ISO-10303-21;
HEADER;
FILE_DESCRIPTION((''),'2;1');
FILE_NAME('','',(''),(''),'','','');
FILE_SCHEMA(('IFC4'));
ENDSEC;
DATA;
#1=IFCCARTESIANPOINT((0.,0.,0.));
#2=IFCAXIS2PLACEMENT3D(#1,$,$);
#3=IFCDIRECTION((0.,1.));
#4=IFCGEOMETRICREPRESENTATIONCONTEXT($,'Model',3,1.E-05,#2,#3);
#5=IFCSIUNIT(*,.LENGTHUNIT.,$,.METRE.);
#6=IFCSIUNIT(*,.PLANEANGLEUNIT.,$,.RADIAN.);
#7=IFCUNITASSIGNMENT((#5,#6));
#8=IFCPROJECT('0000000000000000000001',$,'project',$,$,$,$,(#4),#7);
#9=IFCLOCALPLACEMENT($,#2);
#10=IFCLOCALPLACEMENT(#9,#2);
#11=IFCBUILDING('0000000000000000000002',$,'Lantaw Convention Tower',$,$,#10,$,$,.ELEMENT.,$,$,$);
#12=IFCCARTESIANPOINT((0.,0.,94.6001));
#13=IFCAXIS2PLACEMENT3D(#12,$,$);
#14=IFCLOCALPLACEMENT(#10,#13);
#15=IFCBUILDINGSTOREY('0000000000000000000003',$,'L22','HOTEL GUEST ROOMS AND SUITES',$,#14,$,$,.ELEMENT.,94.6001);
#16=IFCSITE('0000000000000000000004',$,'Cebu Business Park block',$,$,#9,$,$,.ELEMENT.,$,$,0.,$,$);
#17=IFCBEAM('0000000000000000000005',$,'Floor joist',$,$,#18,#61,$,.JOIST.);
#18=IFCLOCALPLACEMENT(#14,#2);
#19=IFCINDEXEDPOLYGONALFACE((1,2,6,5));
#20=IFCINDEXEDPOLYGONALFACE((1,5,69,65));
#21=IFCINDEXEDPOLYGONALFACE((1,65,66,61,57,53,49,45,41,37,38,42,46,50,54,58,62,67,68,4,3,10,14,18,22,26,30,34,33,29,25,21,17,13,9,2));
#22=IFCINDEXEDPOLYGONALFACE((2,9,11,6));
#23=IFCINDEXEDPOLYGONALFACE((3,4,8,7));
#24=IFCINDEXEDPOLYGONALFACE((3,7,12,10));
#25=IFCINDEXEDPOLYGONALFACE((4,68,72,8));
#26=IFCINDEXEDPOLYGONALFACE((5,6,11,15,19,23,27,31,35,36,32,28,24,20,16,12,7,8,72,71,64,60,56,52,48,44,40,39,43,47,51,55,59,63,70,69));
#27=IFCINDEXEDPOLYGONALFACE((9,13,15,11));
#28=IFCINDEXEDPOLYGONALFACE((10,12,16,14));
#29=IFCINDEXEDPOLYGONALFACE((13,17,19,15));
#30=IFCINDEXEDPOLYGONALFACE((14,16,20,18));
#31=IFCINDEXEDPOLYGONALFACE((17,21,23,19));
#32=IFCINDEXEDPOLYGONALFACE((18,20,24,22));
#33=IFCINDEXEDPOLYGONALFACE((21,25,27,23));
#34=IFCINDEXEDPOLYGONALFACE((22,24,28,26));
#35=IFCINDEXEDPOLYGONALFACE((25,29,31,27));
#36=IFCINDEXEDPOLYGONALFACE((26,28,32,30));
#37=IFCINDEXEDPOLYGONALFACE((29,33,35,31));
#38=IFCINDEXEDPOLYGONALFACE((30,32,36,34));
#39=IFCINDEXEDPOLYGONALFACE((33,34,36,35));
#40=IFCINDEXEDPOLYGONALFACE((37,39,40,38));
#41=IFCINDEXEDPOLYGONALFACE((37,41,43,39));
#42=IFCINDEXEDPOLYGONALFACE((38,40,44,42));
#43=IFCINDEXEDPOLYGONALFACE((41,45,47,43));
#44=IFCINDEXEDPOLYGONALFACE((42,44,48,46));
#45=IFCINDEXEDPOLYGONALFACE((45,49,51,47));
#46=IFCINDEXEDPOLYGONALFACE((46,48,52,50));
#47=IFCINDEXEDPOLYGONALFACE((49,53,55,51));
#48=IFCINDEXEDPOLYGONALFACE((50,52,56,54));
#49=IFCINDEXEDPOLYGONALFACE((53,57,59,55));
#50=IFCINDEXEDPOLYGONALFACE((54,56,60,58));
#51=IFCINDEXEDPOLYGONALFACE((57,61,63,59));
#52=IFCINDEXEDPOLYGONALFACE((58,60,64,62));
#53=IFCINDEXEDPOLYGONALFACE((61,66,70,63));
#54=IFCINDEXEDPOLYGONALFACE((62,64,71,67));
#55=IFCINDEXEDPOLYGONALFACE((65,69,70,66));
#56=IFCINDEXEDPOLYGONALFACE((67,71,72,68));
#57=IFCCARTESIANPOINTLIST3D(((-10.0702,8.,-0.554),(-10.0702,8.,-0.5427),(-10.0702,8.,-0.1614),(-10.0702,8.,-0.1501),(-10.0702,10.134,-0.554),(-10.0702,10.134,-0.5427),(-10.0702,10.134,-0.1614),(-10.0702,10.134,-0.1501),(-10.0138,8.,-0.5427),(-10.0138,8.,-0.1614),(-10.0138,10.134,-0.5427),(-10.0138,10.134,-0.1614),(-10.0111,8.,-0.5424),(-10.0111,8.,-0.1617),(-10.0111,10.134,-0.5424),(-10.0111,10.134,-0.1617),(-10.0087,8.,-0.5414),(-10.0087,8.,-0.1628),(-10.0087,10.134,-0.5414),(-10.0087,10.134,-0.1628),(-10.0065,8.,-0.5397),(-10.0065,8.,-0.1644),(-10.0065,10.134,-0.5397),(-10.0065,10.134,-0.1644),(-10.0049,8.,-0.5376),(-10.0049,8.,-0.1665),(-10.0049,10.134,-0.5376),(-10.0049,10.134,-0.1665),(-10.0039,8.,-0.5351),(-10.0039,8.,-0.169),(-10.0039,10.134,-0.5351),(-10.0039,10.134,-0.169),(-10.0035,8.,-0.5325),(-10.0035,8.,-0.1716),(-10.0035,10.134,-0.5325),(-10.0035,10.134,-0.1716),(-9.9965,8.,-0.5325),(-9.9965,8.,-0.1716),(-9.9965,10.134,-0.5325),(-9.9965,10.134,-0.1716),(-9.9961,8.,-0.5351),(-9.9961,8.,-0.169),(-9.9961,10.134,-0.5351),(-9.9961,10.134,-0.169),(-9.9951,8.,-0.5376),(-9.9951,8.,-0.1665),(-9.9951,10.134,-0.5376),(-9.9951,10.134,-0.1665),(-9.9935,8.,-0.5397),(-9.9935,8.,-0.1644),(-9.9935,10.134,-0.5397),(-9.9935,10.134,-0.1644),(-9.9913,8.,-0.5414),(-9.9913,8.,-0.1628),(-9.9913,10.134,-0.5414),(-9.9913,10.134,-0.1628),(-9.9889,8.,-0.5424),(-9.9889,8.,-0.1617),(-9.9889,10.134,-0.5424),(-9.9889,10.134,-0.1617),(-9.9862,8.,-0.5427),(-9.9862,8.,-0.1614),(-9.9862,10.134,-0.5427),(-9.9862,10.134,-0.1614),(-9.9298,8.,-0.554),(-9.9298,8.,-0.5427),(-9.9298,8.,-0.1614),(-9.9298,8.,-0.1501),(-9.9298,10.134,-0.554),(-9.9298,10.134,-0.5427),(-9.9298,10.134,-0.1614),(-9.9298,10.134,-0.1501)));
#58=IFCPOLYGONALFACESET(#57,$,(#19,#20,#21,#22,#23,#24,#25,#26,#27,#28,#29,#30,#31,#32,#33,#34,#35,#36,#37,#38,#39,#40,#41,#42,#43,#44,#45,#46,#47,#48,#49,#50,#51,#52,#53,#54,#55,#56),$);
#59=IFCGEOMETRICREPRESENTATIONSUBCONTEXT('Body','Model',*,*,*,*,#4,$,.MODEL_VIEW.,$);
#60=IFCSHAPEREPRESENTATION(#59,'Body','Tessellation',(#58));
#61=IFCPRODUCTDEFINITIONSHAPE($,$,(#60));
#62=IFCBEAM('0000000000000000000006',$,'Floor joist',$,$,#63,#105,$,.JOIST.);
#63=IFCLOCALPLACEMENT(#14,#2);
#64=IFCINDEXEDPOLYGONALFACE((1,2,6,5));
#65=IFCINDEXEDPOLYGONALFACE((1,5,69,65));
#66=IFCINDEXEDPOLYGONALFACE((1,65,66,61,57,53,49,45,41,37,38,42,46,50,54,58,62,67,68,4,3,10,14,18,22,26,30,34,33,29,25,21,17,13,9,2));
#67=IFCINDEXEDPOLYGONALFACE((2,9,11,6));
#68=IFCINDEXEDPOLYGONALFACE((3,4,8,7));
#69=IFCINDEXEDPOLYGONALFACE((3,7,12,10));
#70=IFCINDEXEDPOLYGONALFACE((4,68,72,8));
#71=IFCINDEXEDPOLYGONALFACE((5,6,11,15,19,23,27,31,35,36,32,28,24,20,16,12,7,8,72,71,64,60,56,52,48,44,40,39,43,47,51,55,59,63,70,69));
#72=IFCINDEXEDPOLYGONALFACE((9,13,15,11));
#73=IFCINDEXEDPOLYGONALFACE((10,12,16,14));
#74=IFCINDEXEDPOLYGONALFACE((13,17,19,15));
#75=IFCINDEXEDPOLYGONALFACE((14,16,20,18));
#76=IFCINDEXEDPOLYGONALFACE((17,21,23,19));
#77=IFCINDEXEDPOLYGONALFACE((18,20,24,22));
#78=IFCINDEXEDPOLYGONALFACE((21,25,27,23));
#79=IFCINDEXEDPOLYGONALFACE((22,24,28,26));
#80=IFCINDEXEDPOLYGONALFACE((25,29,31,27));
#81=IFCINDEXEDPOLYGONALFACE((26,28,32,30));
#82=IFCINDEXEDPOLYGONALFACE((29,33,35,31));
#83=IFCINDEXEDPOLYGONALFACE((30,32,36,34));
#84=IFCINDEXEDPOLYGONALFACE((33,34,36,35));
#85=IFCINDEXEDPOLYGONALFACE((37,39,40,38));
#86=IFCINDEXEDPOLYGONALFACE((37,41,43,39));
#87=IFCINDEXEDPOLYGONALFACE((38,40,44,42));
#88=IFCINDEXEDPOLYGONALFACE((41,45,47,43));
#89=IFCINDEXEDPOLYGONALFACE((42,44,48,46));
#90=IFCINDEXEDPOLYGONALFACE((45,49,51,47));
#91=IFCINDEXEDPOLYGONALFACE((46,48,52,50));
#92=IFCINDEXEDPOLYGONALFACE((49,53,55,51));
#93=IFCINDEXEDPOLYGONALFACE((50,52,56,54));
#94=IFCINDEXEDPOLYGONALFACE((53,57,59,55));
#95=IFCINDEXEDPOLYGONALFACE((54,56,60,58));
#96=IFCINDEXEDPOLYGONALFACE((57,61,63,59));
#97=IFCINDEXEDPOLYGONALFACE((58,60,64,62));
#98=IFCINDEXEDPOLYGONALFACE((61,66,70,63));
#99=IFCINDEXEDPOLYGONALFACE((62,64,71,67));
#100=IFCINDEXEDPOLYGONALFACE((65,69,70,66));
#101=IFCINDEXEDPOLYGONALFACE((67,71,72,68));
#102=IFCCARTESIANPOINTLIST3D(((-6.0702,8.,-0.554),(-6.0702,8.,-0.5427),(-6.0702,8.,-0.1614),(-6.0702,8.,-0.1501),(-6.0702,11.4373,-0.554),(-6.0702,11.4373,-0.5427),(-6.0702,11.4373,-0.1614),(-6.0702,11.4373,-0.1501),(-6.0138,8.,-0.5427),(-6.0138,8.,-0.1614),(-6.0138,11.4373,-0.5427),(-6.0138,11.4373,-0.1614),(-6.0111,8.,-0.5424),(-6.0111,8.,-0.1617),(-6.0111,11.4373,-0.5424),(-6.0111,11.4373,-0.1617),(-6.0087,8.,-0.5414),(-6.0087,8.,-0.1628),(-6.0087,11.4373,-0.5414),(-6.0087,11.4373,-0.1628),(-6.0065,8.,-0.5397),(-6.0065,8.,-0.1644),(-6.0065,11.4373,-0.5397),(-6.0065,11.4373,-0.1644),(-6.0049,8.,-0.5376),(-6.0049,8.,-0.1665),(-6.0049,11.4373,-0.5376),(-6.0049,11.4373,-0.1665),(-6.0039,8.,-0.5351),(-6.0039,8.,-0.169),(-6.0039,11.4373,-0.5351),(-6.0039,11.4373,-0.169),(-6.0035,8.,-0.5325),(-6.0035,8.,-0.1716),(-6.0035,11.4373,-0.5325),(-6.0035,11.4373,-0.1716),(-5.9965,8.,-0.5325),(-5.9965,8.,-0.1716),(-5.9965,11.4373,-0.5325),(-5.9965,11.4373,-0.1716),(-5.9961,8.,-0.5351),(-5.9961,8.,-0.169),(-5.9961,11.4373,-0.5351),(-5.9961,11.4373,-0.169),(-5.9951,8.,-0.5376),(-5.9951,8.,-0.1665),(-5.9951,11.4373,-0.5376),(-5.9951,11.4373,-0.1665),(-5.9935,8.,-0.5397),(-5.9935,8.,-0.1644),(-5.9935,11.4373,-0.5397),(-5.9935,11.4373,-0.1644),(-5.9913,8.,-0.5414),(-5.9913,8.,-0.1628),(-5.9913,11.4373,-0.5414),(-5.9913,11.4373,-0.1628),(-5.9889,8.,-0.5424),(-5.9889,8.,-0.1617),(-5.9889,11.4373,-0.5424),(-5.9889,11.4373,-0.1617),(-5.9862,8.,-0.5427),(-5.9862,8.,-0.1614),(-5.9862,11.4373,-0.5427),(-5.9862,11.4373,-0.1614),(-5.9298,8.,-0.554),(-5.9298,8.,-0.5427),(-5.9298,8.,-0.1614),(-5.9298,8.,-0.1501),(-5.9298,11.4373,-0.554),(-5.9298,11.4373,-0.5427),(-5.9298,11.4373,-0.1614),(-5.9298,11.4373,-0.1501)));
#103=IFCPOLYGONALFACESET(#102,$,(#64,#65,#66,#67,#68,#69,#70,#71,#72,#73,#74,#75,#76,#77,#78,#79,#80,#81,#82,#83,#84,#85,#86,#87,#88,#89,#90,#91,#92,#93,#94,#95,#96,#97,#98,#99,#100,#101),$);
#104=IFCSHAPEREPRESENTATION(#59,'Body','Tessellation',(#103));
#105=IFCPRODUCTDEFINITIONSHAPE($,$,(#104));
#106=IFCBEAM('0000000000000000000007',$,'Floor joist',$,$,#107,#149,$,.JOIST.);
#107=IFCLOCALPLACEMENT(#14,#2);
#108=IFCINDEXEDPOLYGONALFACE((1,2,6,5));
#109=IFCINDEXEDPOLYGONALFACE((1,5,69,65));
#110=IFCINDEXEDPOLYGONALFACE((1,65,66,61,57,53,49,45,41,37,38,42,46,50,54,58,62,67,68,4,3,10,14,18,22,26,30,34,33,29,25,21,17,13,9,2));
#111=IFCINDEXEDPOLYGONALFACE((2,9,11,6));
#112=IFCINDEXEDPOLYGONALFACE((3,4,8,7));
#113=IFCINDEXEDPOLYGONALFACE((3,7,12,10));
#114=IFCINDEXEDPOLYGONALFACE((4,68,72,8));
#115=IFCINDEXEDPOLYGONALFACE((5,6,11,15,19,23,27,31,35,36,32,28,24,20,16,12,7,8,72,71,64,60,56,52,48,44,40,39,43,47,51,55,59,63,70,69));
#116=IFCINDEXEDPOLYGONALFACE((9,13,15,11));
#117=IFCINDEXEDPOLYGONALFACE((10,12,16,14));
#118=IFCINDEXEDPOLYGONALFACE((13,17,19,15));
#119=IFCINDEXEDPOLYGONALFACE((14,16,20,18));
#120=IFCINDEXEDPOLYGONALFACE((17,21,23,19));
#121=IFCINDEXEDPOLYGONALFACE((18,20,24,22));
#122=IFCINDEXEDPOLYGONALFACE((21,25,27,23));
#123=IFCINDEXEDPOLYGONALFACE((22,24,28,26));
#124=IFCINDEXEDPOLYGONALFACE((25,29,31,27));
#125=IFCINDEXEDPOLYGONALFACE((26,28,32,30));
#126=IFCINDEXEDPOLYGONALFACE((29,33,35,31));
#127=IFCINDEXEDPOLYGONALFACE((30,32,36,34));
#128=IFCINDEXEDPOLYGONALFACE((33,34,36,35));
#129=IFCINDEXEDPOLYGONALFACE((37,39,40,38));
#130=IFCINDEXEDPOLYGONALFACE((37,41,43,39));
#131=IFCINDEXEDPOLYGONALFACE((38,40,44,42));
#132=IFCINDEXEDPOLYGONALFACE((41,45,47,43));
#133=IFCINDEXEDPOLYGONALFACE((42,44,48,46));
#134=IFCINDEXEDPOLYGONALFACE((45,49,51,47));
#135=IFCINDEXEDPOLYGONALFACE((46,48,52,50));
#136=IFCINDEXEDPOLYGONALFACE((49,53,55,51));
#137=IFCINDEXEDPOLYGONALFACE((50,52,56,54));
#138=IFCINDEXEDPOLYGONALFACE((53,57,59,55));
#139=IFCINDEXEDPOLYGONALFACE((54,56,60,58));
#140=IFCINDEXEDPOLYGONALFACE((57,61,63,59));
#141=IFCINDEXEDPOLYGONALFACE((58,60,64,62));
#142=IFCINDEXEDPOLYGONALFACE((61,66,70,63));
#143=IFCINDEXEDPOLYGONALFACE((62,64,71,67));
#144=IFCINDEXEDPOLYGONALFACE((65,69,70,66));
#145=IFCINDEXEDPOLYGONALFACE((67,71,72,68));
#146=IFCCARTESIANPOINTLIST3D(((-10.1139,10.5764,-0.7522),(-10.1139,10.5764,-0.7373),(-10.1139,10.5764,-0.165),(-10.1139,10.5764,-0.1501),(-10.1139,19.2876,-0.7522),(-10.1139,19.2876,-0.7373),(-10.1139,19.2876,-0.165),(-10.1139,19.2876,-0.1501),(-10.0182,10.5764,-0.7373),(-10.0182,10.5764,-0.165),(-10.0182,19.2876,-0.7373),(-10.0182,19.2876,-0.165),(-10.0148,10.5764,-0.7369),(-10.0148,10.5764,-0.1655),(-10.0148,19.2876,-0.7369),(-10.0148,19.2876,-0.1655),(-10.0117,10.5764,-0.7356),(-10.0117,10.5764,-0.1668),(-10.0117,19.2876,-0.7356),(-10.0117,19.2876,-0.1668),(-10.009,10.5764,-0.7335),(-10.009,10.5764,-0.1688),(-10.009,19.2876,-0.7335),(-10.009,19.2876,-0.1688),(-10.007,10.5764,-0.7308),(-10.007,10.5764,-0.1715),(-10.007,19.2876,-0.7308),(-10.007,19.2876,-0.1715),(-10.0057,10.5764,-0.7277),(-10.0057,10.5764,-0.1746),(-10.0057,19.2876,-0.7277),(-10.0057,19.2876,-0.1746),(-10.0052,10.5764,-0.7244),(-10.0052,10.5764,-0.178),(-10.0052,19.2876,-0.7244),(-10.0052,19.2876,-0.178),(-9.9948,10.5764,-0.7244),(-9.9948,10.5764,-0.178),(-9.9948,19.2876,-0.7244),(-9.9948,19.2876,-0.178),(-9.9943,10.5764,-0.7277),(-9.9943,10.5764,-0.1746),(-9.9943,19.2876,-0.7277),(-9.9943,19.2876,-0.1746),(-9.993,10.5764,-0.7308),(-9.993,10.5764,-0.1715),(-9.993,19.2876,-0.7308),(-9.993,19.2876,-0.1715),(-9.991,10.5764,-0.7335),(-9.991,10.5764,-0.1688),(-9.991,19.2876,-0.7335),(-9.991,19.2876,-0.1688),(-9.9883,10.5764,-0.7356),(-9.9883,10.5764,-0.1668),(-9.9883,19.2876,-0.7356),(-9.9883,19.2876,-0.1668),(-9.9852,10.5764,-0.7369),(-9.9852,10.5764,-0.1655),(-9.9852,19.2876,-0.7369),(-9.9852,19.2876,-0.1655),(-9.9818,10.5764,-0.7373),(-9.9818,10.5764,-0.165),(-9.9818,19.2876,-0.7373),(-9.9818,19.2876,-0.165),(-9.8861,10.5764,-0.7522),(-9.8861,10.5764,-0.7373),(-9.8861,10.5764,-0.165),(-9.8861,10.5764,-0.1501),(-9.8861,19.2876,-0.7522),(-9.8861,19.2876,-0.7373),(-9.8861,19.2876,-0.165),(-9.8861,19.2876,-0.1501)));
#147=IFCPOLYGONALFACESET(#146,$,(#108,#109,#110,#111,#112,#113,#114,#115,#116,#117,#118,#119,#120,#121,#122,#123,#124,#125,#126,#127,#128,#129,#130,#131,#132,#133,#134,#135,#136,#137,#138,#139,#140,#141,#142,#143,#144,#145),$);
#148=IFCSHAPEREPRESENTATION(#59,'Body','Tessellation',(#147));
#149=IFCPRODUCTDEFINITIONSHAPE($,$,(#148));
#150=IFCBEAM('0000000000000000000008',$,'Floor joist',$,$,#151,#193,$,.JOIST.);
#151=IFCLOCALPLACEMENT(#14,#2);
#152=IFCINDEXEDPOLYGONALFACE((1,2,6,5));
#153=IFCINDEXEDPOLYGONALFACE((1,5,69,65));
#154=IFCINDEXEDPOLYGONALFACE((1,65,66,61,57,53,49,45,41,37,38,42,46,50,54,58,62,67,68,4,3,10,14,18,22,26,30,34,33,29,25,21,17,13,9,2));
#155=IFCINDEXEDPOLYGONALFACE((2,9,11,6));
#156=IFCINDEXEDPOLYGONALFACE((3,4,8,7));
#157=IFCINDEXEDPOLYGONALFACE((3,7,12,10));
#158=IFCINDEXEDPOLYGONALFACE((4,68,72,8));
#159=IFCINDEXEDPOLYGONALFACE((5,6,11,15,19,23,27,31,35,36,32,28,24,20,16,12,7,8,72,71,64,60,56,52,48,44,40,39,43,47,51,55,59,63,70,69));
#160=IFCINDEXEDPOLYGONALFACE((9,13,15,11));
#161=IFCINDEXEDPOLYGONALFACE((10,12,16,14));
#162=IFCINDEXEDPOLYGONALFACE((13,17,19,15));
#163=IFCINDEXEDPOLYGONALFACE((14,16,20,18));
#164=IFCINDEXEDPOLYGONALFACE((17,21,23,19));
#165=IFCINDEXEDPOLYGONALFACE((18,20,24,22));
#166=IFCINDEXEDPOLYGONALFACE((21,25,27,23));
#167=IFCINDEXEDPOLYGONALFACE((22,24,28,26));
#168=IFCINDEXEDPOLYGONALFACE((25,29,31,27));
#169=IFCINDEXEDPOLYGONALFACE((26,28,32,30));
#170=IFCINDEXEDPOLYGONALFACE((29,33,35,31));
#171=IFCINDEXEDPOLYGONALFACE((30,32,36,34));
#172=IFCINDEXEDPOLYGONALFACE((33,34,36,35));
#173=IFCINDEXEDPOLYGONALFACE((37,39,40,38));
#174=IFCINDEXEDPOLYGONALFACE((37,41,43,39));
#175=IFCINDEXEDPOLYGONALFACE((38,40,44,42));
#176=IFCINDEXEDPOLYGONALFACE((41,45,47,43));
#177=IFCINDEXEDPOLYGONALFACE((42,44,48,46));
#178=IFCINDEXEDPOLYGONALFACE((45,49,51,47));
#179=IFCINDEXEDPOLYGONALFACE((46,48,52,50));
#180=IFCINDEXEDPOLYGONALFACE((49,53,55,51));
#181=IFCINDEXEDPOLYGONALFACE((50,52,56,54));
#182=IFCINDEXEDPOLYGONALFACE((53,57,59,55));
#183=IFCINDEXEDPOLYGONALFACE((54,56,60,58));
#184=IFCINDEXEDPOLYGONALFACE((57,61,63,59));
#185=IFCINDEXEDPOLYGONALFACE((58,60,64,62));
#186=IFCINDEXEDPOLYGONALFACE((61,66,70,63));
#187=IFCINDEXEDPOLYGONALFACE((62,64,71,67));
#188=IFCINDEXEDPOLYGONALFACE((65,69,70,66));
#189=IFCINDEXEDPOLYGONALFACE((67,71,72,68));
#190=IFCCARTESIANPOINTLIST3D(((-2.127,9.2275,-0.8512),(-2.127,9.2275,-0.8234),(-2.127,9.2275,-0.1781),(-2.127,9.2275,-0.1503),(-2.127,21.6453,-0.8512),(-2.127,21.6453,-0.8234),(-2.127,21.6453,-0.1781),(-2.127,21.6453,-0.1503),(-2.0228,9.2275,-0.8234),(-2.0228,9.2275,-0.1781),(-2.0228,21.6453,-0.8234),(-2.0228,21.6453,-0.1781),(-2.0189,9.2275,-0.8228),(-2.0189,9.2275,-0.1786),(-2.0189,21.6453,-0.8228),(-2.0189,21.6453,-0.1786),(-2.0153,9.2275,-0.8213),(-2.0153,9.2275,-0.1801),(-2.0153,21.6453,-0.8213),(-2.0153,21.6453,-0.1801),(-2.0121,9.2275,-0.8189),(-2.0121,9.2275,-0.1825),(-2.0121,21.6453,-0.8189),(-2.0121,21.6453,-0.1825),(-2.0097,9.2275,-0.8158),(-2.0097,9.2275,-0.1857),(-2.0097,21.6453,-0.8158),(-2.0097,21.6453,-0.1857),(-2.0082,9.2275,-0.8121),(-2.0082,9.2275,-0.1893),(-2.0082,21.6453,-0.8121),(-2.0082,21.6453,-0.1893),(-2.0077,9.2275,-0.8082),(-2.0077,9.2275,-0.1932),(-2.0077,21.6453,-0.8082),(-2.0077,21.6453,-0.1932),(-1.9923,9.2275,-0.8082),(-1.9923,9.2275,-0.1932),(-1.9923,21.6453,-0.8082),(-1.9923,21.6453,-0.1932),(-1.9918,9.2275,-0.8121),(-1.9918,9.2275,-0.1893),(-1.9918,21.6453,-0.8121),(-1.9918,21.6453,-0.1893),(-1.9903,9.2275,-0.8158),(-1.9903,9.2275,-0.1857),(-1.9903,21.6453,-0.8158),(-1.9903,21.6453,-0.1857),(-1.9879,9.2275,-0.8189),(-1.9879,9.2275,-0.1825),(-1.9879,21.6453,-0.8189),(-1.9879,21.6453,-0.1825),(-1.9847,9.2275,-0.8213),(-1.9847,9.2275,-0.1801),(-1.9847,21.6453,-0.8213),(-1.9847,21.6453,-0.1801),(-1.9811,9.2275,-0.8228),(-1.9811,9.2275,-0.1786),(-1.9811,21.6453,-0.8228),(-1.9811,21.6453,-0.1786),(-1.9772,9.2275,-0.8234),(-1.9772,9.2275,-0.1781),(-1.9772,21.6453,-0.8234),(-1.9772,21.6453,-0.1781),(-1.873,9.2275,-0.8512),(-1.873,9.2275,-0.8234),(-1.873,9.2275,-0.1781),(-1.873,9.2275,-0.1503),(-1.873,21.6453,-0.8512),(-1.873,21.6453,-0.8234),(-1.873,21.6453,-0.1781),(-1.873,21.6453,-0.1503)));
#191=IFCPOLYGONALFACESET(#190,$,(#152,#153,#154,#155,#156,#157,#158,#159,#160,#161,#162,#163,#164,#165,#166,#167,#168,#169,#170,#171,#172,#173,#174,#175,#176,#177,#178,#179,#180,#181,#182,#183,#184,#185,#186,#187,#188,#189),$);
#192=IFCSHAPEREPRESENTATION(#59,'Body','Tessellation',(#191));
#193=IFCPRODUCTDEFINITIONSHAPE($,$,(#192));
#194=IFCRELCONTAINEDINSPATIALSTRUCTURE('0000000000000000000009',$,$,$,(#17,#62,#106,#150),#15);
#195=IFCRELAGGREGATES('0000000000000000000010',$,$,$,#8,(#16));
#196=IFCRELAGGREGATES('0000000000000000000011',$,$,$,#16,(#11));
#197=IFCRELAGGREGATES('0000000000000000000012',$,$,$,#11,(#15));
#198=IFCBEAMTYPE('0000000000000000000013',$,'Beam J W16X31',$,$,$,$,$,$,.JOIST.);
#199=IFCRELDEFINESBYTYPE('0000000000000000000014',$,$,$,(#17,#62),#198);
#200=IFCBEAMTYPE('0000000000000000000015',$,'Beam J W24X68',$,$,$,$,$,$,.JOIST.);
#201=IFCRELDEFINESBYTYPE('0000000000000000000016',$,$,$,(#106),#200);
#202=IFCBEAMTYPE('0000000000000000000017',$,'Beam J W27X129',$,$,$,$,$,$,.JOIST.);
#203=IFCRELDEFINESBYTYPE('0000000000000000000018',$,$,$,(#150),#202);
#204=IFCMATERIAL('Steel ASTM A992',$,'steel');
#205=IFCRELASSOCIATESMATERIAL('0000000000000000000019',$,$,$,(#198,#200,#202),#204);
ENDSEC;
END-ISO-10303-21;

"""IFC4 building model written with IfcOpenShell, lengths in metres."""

from ifc_helpers import new_model, si_unit, direction, frame, origin, origin_2d, place, context, subcontext, project, spatial, i_section, extrude, material, material_profile, profile_set, type_object, element, save


model = new_model("IFC4")

# Units and contexts
model_context = context("Model", 3, precision=1e-05, world=origin(), true_north=direction((0.0, 1.0)))
body_context = subcontext(model_context, "Body", "Model", "MODEL_VIEW")
ifc_project = project(units=[si_unit("LENGTHUNIT", "METRE"), si_unit("PLANEANGLEUNIT", "RADIAN")], contexts=[model_context])

# Site, building, storey
site_placement = place(None, origin())
site = spatial("IfcSite", under=ifc_project, at=site_placement, Name="Cebu Business Park block", CompositionType="ELEMENT", RefElevation=0.0)
building_placement = place(site_placement, origin())
building = spatial("IfcBuilding", under=site, at=building_placement, Name="Lantaw Convention Tower", CompositionType="ELEMENT")
storey_placement = place(building_placement, frame((0.0, 0.0, 94.6001)))
storey = spatial("IfcBuildingStorey", under=building, at=storey_placement, Name="L22", Description="HOTEL GUEST ROOMS AND SUITES", CompositionType="ELEMENT", Elevation=94.6001)

# Beams
ifc_material_1 = material(Name="Steel ASTM A992", Category="steel")
ifc_material_profile_1 = material_profile(ifc_material_1, i_section(OverallWidth=0.1404, OverallDepth=0.4038, WebThickness=0.0071, FlangeThickness=0.0112, FilletRadius=0.0103, at=origin_2d()), Name="W16X31")
ifc_profile_set_1 = profile_set([ifc_material_profile_1], Name="Steel ASTM A992")
beam_type_1 = type_object("IfcBeamType", Name="Beam J W16X31", PredefinedType="JOIST", material=ifc_profile_set_1)
beam_1_placement = place(storey_placement, frame((-10.0, 8.0, -0.3521), z_axis=(0.0, 1.0, 0.0), x_axis=(-1.0, 0.0, 0.0)))
element("IfcBeam", 1, at=beam_1_placement, inside=storey, type_object=beam_type_1, Name="Floor joist", PredefinedType="JOIST", context=body_context, shape_type="SweptSolid", body=[
    extrude(i_section(OverallWidth=0.1404, OverallDepth=0.4038, WebThickness=0.0071, FlangeThickness=0.0112, FilletRadius=0.0103, at=origin_2d()), origin(), (0.0, 0.0, 1.0), 2.134),
])
beam_2_placement = place(storey_placement, frame((-6.0, 8.0, -0.3521), z_axis=(0.0, 1.0, 0.0), x_axis=(-1.0, 0.0, 0.0)))
element("IfcBeam", 2, at=beam_2_placement, inside=storey, type_object=beam_type_1, Name="Floor joist", PredefinedType="JOIST", context=body_context, shape_type="SweptSolid", body=[
    extrude(i_section(OverallWidth=0.1404, OverallDepth=0.4038, WebThickness=0.0071, FlangeThickness=0.0112, FilletRadius=0.0103, at=origin_2d()), origin(), (0.0, 0.0, 1.0), 3.4373),
])
ifc_material_profile_2 = material_profile(ifc_material_1, i_section(OverallWidth=0.2278, OverallDepth=0.6021, WebThickness=0.0105, FlangeThickness=0.0149, FilletRadius=0.0129, at=origin_2d()), Name="W24X68")
ifc_profile_set_2 = profile_set([ifc_material_profile_2], Name="Steel ASTM A992")
beam_type_2 = type_object("IfcBeamType", Name="Beam J W24X68", PredefinedType="JOIST", material=ifc_profile_set_2)
beam_3_placement = place(storey_placement, frame((-10.0, 10.5764, -0.4512), z_axis=(0.0, 1.0, 0.0), x_axis=(-1.0, 0.0, 0.0)))
element("IfcBeam", 3, at=beam_3_placement, inside=storey, type_object=beam_type_2, Name="Floor joist", PredefinedType="JOIST", context=body_context, shape_type="SweptSolid", body=[
    extrude(i_section(OverallWidth=0.2278, OverallDepth=0.6021, WebThickness=0.0105, FlangeThickness=0.0149, FilletRadius=0.0129, at=origin_2d()), origin(), (0.0, 0.0, 1.0), 8.7112),
])
ifc_material_profile_3 = material_profile(ifc_material_1, i_section(OverallWidth=0.2539, OverallDepth=0.7009, WebThickness=0.0154, FlangeThickness=0.0278, FilletRadius=0.0151, at=origin_2d()), Name="W27X129")
ifc_profile_set_3 = profile_set([ifc_material_profile_3], Name="Steel ASTM A992")
beam_type_3 = type_object("IfcBeamType", Name="Beam J W27X129", PredefinedType="JOIST", material=ifc_profile_set_3)
beam_4_placement = place(storey_placement, frame((-2.0, 9.2275, -0.5007), z_axis=(0.0, 1.0, 0.0), x_axis=(-1.0, 0.0, 0.0)))
element("IfcBeam", 4, at=beam_4_placement, inside=storey, type_object=beam_type_3, Name="Floor joist", PredefinedType="JOIST", context=body_context, shape_type="SweptSolid", body=[
    extrude(i_section(OverallWidth=0.2539, OverallDepth=0.7009, WebThickness=0.0154, FlangeThickness=0.0278, FilletRadius=0.0151, at=origin_2d()), origin(), (0.0, 0.0, 1.0), 12.4177),
])

save(model, "model.ifc")
